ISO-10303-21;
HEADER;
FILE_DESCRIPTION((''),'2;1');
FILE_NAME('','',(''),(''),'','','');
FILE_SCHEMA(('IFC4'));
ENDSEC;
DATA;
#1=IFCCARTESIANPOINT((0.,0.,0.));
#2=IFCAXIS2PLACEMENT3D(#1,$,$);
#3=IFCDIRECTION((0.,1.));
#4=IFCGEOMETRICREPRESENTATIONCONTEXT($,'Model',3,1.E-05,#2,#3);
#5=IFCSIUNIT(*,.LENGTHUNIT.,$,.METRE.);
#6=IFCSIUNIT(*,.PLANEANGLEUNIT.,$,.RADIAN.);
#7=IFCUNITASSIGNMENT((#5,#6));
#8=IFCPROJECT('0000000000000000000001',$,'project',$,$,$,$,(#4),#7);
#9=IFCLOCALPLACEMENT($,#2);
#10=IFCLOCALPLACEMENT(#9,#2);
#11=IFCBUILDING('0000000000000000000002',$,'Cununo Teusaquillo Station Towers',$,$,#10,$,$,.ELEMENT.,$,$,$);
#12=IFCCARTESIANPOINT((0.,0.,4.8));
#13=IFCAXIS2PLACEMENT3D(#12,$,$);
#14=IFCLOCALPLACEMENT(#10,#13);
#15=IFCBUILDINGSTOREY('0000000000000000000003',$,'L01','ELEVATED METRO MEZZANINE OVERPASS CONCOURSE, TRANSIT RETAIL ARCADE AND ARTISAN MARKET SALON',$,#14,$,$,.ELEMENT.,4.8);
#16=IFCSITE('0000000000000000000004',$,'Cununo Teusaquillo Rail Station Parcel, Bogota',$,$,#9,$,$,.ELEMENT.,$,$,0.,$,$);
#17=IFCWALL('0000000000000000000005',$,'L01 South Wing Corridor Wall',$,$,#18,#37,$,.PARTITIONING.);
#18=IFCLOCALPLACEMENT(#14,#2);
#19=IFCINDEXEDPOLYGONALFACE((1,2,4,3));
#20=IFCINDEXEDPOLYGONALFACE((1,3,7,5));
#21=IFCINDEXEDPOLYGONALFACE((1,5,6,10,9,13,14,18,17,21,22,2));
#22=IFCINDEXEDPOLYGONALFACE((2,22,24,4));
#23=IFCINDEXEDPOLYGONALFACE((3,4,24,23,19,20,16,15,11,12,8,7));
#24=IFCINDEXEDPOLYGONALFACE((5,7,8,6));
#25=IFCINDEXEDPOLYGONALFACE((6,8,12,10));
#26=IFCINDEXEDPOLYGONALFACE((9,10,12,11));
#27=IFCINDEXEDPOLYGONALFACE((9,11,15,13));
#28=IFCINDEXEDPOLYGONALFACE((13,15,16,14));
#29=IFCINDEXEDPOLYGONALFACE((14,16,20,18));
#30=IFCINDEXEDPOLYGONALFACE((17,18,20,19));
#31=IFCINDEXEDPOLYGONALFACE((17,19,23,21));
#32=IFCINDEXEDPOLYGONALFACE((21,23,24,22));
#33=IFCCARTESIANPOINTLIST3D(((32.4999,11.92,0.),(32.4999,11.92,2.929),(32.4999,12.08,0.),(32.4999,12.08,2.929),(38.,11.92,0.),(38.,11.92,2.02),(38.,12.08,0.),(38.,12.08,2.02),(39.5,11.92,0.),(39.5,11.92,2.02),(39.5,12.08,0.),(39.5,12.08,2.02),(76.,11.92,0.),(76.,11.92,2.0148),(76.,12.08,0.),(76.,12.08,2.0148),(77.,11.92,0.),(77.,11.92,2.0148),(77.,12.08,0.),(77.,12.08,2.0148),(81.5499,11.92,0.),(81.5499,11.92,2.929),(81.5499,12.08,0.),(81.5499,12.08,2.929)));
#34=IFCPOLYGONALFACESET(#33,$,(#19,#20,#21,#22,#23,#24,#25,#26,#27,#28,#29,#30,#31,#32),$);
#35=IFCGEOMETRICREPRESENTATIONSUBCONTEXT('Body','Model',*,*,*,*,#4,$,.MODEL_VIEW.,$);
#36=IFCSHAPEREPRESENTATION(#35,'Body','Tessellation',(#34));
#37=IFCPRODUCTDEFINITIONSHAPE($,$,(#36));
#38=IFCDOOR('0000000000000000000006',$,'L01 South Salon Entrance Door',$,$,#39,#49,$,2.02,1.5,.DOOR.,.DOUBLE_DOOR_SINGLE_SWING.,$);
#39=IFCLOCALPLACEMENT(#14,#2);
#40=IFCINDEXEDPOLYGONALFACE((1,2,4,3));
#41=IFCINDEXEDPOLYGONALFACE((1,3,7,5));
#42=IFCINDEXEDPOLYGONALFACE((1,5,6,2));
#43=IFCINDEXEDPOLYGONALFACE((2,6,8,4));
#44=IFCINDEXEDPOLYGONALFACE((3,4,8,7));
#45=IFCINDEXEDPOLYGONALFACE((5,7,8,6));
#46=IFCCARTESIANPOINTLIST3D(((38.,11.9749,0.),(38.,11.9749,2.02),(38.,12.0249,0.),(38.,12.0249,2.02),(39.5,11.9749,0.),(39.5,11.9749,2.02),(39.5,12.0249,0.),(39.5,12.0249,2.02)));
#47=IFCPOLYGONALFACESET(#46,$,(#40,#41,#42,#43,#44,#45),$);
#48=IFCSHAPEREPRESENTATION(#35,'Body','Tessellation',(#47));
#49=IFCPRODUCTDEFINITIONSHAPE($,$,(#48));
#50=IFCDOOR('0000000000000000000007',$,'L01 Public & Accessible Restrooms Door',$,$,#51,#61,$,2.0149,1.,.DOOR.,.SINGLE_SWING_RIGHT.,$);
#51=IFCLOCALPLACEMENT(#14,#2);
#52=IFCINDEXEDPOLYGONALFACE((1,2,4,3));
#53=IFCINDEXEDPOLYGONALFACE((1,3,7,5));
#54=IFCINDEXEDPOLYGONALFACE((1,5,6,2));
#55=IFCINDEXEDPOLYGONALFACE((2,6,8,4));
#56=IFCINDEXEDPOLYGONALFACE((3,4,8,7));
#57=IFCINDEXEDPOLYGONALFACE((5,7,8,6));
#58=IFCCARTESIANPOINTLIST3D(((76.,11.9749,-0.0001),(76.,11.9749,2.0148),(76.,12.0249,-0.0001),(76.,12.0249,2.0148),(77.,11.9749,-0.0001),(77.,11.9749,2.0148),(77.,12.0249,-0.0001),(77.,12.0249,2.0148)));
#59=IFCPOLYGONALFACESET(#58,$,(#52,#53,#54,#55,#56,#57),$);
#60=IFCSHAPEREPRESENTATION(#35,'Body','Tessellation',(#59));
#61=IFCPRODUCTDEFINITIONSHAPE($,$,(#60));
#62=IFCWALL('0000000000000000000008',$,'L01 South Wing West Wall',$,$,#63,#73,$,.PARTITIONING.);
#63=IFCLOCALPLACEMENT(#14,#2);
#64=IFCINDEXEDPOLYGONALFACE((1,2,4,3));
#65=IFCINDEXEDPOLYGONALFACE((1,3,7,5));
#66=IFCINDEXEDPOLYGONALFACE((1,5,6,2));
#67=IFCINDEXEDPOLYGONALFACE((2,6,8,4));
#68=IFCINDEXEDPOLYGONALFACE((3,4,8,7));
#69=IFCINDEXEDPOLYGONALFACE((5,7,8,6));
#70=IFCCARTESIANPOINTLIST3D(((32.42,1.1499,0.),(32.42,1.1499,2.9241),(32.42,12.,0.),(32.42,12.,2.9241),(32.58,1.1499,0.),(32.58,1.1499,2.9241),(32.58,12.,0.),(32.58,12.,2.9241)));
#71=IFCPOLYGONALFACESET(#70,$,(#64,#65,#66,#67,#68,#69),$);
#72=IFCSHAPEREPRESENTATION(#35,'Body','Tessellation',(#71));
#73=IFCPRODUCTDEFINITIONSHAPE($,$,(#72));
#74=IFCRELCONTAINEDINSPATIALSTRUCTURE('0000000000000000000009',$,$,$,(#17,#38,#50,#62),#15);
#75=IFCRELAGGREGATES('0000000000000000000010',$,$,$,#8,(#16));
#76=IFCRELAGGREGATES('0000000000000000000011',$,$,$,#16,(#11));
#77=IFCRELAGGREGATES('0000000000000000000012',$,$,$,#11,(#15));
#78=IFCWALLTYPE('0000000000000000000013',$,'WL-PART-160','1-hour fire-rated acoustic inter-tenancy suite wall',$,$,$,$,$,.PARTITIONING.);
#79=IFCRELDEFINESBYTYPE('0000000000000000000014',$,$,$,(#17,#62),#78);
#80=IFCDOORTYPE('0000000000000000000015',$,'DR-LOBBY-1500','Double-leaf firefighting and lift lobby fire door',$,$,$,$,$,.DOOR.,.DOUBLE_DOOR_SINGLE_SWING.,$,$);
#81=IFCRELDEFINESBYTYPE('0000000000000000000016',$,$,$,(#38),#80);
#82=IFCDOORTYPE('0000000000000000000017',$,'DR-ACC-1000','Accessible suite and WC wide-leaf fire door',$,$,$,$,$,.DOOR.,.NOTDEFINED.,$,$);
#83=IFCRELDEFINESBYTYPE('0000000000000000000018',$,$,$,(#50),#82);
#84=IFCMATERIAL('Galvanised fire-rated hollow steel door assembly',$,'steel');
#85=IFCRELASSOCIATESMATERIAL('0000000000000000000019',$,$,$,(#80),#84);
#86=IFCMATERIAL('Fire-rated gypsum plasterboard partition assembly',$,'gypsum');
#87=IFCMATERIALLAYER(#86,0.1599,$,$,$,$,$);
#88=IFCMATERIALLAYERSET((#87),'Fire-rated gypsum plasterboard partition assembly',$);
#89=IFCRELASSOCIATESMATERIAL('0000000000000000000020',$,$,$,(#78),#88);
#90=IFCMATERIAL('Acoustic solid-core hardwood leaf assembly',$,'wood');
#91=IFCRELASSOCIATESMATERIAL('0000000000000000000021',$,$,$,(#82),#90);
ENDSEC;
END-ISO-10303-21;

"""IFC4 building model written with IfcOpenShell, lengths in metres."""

from ifc_helpers import new_model, si_unit, direction, frame, frame_2d, origin, place, context, subcontext, project, spatial, rectangle, extrude, source, transform, mapped, material, layer, layer_set, type_object, element, fill, save


model = new_model("IFC4")

# Units and contexts
model_context = context("Model", 3, precision=1e-05, world=origin(), true_north=direction((0.0, 1.0)))
body_context = subcontext(model_context, "Body", "Model", "MODEL_VIEW")
ifc_project = project(units=[si_unit("LENGTHUNIT", "METRE"), si_unit("PLANEANGLEUNIT", "RADIAN")], contexts=[model_context])

# Site, building, storey
site_placement = place(None, origin())
site = spatial("IfcSite", under=ifc_project, at=site_placement, Name="Cununo Teusaquillo Rail Station Parcel, Bogota", CompositionType="ELEMENT", RefElevation=0.0)
building_placement = place(site_placement, origin())
building = spatial("IfcBuilding", under=site, at=building_placement, Name="Cununo Teusaquillo Station Towers", CompositionType="ELEMENT")
storey_placement = place(building_placement, frame((0.0, 0.0, 4.8)))
storey = spatial("IfcBuildingStorey", under=building, at=storey_placement, Name="L01", Description="ELEVATED METRO MEZZANINE OVERPASS CONCOURSE, TRANSIT RETAIL ARCADE AND ARTISAN MARKET SALON", CompositionType="ELEMENT", Elevation=4.8)

# Shared definitions
ifc_material_1 = material(Name="Galvanised fire-rated hollow steel door assembly", Category="steel")
door_type_1 = type_object("IfcDoorType", Name="DR-LOBBY-1500", Description="Double-leaf firefighting and lift lobby fire door", OperationType="DOUBLE_DOOR_SINGLE_SWING", PredefinedType="DOOR", material=ifc_material_1)
shared_shape_1 = source(origin(), body_context, "Body", "SweptSolid", [
    extrude(rectangle(XDim=1.5, YDim=2.02, at=frame_2d((0.75, 1.01))), frame((0.0, 0.0249, 0.0), z_axis=(0.0, -1.0, 0.0), x_axis=(1.0, 0.0, 0.0)), (0.0, 0.0, 1.0), 0.05),
])
ifc_material_2 = material(Name="Fire-rated gypsum plasterboard partition assembly", Category="gypsum")
ifc_layer_1 = layer(ifc_material_2, 0.1599)
ifc_layer_set_1 = layer_set([ifc_layer_1], Name="Fire-rated gypsum plasterboard partition assembly")
wall_type_1 = type_object("IfcWallType", Name="WL-PART-160", Description="1-hour fire-rated acoustic inter-tenancy suite wall", PredefinedType="PARTITIONING", material=ifc_layer_set_1)
shared_shape_2 = source(origin(), body_context, "Body", "SweptSolid", [
    extrude(rectangle(XDim=1.5, YDim=2.02, at=frame_2d((0.75, 1.01))), frame((0.0, 0.0898, 0.0), z_axis=(0.0, -1.0, 0.0), x_axis=(1.0, 0.0, 0.0)), (0.0, 0.0, 1.0), 0.1799),
])

# Wall, openings, doors
wall_1_placement = place(storey_placement, frame((32.5, 12.0, 0.0), z_axis=(0.0, 0.0, 1.0), x_axis=(1.0, 0.0, 0.0)))
wall_1 = element("IfcWall", 1, at=wall_1_placement, inside=storey, type_object=wall_type_1, Name="L01 South Wing Corridor Wall", PredefinedType="PARTITIONING", context=body_context, shape_type="SweptSolid", body=[
    extrude(rectangle(XDim=49.05, YDim=0.1599, at=frame_2d((24.5249, 0.0))), origin(), (0.0, 0.0, 1.0), 2.929),
])
opening_1_placement = place(wall_1_placement, frame((5.5, 0.0, 0.0)))
opening_1 = element("IfcOpeningElement", 2, at=opening_1_placement, cuts=wall_1, PredefinedType="OPENING", context=body_context, shape_type="MappedRepresentation", body=[
    mapped(shared_shape_2, transform((0.0, 0.0, 0.0), x_axis=(1.0, 0.0, 0.0), y_axis=(0.0, 1.0, 0.0), z_axis=(0.0, 0.0, 1.0), scale=1.0)),
])
shared_shape_3 = source(origin(), body_context, "Body", "SweptSolid", [
    extrude(rectangle(XDim=1.0, YDim=2.0149, at=frame_2d((0.5, 1.0073))), frame((0.0, 0.0898, 0.0), z_axis=(0.0, -1.0, 0.0), x_axis=(1.0, 0.0, 0.0)), (0.0, 0.0, 1.0), 0.1799),
])
opening_2_placement = place(wall_1_placement, frame((43.5, 0.0, 0.0)))
opening_2 = element("IfcOpeningElement", 3, at=opening_2_placement, cuts=wall_1, PredefinedType="OPENING", context=body_context, shape_type="MappedRepresentation", body=[
    mapped(shared_shape_3, transform((0.0, 0.0, 0.0), x_axis=(1.0, 0.0, 0.0), y_axis=(0.0, 1.0, 0.0), z_axis=(0.0, 0.0, 1.0), scale=1.0)),
])
door_1_placement = place(opening_1_placement, origin())
door_1 = element("IfcDoor", 4, at=door_1_placement, inside=storey, type_object=door_type_1, Name="L01 South Salon Entrance Door", OperationType="DOUBLE_DOOR_SINGLE_SWING", OverallHeight=2.02, OverallWidth=1.5, PredefinedType="DOOR", context=body_context, shape_type="MappedRepresentation", body=[
    mapped(shared_shape_1, transform((0.0, 0.0, 0.0), x_axis=(1.0, 0.0, 0.0), y_axis=(0.0, 1.0, 0.0), z_axis=(0.0, 0.0, 1.0), scale=1.0)),
])
fill(opening_1, door_1)
ifc_material_3 = material(Name="Acoustic solid-core hardwood leaf assembly", Category="wood")
door_type_2 = type_object("IfcDoorType", Name="DR-ACC-1000", Description="Accessible suite and WC wide-leaf fire door", OperationType="NOTDEFINED", PredefinedType="DOOR", material=ifc_material_3)
shared_shape_4 = source(origin(), body_context, "Body", "SweptSolid", [
    extrude(rectangle(XDim=1.0, YDim=2.0149, at=frame_2d((0.5, 1.0073))), frame((0.0, 0.0249, 0.0), z_axis=(0.0, -1.0, 0.0), x_axis=(1.0, 0.0, 0.0)), (0.0, 0.0, 1.0), 0.05),
])
door_2_placement = place(opening_2_placement, origin())
door_2 = element("IfcDoor", 5, at=door_2_placement, inside=storey, type_object=door_type_2, Name="L01 Public & Accessible Restrooms Door", OperationType="SINGLE_SWING_RIGHT", OverallHeight=2.0149, OverallWidth=1.0, PredefinedType="DOOR", context=body_context, shape_type="MappedRepresentation", body=[
    mapped(shared_shape_4, transform((0.0, 0.0, 0.0), x_axis=(1.0, 0.0, 0.0), y_axis=(0.0, 1.0, 0.0), z_axis=(0.0, 0.0, 1.0), scale=1.0)),
])
fill(opening_2, door_2)

# Wall
wall_2_placement = place(storey_placement, frame((32.5, 1.1499, 0.0), z_axis=(0.0, 0.0, 1.0), x_axis=(0.0, 1.0, 0.0)))
element("IfcWall", 6, at=wall_2_placement, inside=storey, type_object=wall_type_1, Name="L01 South Wing West Wall", PredefinedType="PARTITIONING", context=body_context, shape_type="SweptSolid", body=[
    extrude(rectangle(XDim=10.8501, YDim=0.1599, at=frame_2d((5.425, 0.0))), origin(), (0.0, 0.0, 1.0), 2.9241),
])

save(model, "model.ifc")
